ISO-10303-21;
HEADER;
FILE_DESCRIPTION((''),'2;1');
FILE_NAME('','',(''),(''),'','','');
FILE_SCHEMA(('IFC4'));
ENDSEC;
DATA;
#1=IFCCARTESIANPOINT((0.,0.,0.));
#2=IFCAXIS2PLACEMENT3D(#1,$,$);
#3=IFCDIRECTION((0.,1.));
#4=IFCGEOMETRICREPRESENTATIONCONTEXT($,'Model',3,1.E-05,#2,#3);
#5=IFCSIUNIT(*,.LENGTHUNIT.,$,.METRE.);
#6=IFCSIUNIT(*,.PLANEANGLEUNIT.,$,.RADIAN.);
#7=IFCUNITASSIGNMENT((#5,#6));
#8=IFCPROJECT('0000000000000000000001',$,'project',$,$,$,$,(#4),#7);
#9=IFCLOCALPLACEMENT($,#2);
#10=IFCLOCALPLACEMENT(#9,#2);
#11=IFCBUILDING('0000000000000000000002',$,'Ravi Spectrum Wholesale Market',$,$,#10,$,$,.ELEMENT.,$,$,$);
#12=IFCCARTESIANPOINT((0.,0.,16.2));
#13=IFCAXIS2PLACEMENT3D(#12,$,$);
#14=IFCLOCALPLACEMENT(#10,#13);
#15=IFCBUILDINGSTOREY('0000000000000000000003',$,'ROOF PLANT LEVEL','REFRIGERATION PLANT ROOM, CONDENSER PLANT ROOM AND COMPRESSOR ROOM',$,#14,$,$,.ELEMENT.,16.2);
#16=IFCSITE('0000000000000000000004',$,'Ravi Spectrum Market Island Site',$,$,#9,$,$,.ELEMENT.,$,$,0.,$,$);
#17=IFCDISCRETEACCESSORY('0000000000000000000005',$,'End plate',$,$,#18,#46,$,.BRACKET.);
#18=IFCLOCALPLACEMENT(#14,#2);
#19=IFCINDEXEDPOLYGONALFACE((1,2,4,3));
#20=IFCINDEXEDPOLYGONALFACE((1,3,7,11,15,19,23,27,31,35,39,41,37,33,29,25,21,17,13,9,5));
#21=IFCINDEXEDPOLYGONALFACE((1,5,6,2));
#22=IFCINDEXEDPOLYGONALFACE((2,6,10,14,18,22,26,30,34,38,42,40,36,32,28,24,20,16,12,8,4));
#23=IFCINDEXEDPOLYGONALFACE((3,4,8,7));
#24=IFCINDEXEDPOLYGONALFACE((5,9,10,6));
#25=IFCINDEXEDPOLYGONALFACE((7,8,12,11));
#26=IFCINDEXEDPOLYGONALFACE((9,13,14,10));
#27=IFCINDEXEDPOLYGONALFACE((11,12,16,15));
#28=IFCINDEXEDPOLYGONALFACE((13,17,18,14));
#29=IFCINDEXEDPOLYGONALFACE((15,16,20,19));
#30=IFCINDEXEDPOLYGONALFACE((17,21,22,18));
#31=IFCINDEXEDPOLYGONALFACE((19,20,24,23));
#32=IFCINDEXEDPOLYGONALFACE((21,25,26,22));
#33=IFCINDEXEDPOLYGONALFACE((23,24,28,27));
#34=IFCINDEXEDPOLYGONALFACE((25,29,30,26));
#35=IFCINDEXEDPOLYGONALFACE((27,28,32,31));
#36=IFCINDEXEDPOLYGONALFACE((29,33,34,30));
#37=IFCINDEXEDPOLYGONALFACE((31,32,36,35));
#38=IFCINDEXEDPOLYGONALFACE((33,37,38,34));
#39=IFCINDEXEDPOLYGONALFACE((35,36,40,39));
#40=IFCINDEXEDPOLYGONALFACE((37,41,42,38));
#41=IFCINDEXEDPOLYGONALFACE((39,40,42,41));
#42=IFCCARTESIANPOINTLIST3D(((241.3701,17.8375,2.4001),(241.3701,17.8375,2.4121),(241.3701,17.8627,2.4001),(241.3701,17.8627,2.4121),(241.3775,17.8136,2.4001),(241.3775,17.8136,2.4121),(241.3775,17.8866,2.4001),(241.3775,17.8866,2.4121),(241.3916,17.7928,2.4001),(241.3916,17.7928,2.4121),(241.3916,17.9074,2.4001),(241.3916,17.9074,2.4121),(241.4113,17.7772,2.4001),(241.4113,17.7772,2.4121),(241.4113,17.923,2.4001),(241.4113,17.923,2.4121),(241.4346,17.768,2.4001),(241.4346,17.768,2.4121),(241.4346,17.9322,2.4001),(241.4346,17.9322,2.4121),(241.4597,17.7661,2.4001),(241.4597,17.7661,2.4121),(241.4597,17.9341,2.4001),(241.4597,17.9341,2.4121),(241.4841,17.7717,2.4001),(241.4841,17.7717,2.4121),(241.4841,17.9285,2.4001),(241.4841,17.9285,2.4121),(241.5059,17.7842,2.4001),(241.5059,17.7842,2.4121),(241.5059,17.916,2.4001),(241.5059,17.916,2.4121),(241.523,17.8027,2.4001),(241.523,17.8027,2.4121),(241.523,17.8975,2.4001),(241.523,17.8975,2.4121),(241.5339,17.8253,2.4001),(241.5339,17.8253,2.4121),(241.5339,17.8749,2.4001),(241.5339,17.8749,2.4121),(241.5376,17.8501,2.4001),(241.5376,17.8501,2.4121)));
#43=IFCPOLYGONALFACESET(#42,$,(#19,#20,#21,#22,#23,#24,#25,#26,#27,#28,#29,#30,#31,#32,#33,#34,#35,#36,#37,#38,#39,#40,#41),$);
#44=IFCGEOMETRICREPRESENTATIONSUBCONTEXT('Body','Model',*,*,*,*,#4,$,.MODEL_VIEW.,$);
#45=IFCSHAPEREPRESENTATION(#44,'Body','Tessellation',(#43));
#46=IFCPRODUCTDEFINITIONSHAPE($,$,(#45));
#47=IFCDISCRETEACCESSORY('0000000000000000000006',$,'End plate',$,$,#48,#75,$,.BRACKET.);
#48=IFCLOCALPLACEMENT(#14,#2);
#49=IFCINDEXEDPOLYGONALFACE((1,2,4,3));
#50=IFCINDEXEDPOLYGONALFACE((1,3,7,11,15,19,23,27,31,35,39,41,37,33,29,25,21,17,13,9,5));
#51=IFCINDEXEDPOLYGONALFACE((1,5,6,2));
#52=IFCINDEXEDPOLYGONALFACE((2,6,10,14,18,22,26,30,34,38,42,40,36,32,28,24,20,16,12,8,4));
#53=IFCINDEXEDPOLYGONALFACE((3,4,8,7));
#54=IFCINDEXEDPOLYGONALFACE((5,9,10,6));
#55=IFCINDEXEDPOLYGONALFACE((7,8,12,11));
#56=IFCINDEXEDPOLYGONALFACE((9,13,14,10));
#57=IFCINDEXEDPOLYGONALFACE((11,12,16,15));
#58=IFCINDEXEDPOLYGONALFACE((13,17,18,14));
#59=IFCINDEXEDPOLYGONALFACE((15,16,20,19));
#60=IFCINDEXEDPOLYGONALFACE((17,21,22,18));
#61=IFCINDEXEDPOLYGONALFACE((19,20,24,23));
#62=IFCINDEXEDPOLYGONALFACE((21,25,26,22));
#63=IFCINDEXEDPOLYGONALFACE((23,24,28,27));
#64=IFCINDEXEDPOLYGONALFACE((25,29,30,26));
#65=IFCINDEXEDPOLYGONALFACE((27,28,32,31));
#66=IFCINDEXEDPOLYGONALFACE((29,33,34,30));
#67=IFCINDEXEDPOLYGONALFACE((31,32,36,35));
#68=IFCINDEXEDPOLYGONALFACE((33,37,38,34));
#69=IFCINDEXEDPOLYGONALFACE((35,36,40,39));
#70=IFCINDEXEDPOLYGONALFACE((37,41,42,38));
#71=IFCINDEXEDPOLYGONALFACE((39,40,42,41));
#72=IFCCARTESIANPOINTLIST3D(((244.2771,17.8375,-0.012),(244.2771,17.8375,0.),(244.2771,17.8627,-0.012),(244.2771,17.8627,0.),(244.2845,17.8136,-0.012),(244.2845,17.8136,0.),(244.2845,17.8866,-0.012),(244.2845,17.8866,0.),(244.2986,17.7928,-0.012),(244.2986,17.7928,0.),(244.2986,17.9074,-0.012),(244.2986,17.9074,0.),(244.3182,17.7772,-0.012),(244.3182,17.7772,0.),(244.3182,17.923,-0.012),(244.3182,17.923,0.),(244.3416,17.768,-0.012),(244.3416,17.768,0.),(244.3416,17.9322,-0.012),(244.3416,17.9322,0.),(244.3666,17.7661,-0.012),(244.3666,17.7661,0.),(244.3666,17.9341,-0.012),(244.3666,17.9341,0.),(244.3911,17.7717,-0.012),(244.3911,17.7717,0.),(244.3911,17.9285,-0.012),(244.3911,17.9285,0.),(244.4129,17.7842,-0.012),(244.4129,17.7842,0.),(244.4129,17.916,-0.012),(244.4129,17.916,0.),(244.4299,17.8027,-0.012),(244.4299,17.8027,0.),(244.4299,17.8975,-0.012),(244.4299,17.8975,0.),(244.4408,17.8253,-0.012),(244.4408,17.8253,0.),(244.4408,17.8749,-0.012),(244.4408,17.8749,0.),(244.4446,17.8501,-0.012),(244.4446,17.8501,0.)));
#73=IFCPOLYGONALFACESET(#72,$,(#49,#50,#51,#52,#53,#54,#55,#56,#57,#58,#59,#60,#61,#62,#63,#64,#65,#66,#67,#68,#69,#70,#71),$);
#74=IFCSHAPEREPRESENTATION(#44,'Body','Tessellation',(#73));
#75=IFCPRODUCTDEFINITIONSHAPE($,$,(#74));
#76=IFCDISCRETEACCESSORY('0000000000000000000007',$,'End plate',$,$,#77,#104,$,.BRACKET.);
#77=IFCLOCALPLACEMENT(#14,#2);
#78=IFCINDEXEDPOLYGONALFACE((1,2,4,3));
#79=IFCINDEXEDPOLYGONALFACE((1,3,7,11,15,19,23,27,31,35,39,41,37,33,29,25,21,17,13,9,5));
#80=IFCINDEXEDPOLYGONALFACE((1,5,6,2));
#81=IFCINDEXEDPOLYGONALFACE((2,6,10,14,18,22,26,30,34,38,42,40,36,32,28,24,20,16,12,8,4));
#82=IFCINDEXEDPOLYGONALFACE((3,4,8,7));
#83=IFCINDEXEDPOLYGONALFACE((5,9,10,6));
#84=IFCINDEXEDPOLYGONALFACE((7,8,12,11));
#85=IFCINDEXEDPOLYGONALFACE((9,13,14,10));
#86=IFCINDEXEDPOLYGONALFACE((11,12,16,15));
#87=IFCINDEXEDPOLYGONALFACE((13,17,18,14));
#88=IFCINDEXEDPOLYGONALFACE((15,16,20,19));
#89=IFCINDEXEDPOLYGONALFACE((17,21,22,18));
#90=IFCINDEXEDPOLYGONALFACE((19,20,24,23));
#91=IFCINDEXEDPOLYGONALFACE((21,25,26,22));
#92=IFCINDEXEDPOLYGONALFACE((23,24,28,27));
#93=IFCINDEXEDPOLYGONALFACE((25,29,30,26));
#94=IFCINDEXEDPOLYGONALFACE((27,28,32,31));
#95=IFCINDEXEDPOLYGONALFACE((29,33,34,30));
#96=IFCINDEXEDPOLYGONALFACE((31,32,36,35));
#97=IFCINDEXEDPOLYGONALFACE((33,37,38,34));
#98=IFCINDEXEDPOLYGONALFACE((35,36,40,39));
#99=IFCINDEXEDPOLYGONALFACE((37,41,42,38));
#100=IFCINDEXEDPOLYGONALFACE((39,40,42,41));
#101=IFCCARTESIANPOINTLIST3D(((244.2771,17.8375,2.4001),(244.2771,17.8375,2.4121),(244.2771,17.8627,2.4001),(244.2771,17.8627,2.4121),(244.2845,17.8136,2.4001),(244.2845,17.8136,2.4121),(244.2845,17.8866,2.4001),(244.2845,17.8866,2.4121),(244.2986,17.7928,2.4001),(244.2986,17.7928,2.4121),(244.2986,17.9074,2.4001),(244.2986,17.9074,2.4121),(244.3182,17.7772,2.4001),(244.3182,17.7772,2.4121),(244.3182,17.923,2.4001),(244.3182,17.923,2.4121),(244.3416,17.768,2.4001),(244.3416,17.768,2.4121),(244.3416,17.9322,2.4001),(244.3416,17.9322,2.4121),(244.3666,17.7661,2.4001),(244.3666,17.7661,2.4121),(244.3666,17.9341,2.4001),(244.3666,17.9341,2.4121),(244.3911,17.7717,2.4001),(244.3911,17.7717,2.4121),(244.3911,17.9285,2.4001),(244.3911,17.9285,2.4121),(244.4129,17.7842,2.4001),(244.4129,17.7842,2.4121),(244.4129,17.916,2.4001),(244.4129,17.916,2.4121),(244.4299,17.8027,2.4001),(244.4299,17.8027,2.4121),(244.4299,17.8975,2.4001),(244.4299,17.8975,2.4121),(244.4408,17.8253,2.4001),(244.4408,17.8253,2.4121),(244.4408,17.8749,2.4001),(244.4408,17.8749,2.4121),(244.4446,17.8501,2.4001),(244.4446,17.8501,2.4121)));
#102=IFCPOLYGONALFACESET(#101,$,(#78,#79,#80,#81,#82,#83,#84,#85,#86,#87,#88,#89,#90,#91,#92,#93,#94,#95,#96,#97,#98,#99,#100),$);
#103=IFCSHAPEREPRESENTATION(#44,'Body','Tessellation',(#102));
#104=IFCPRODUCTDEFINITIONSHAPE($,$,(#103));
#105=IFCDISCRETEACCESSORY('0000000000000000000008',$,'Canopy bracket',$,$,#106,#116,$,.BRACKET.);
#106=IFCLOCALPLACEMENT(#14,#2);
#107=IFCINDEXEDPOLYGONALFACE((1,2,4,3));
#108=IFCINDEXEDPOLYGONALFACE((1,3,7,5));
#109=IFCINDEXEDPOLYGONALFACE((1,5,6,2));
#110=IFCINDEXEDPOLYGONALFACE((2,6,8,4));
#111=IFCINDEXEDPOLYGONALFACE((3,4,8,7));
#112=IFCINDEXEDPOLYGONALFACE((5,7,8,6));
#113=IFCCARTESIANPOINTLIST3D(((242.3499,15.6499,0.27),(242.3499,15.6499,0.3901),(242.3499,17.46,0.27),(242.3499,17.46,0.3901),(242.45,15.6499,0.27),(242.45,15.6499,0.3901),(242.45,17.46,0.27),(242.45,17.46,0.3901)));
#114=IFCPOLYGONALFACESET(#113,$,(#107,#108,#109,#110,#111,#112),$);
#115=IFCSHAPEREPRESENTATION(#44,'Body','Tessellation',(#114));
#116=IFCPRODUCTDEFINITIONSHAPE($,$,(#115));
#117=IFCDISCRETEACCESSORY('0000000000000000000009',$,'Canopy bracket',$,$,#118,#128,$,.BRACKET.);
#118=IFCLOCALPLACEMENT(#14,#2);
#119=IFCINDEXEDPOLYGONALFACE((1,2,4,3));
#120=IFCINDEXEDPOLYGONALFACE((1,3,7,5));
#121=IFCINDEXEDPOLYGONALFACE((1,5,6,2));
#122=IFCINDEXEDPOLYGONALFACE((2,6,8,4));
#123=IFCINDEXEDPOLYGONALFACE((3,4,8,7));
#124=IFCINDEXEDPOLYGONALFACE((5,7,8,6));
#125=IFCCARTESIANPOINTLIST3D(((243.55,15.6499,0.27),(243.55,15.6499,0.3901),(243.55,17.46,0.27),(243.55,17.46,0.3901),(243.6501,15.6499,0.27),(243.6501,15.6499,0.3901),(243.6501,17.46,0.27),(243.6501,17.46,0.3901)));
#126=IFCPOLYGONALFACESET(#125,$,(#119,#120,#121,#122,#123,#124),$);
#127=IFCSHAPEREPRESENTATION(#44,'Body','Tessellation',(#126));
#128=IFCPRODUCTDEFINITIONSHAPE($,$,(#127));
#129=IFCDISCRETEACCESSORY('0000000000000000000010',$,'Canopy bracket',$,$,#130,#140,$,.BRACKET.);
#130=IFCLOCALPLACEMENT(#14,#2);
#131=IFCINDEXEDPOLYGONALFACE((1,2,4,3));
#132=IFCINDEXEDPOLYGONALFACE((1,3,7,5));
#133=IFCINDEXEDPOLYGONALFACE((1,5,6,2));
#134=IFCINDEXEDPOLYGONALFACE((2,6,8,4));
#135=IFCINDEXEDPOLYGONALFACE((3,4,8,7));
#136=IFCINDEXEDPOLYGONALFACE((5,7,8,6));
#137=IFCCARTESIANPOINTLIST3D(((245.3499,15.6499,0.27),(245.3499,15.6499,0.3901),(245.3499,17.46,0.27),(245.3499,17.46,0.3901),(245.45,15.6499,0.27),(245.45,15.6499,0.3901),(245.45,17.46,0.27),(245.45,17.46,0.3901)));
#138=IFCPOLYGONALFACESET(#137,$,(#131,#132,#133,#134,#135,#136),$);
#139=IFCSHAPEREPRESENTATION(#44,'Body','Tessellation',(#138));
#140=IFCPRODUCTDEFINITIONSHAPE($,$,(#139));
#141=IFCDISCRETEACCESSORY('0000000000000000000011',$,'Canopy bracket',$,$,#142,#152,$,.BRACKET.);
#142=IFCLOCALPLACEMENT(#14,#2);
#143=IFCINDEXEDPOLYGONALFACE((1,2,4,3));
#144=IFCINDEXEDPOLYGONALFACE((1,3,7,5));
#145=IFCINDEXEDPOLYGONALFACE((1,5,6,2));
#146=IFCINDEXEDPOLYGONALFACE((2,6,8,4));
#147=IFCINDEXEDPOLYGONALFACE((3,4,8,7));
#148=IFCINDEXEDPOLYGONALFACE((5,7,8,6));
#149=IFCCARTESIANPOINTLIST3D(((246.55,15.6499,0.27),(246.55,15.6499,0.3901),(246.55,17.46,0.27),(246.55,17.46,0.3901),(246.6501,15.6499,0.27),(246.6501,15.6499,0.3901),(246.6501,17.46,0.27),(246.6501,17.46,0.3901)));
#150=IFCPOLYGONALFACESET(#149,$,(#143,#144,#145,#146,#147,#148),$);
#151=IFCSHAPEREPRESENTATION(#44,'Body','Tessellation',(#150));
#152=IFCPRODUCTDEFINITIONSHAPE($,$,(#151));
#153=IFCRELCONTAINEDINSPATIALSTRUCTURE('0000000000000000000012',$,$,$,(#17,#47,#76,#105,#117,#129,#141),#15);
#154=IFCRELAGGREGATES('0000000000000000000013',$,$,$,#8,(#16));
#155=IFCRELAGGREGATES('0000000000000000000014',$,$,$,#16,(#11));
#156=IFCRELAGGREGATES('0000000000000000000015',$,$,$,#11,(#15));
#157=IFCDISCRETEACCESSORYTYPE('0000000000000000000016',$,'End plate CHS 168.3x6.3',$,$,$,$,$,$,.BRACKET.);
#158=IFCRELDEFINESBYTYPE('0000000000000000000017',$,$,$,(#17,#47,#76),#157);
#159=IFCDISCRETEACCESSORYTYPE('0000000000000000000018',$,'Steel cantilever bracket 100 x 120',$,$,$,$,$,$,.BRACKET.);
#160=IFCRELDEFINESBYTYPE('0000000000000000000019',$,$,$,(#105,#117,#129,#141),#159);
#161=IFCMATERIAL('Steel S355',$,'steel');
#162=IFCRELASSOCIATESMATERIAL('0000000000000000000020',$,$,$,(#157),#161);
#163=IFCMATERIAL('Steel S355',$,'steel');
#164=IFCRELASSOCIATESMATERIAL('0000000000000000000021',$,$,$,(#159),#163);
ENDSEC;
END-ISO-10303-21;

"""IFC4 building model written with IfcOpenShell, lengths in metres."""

from ifc_helpers import new_model, si_unit, direction, frame, origin, origin_2d, place, context, subcontext, project, spatial, rectangle, circle, extrude, material, material_profile, profile_set, type_object, element, save


model = new_model("IFC4")

# Units and contexts
model_context = context("Model", 3, precision=1e-05, world=origin(), true_north=direction((0.0, 1.0)))
body_context = subcontext(model_context, "Body", "Model", "MODEL_VIEW")
ifc_project = project(units=[si_unit("LENGTHUNIT", "METRE"), si_unit("PLANEANGLEUNIT", "RADIAN")], contexts=[model_context])

# Site, building, storey
site_placement = place(None, origin())
site = spatial("IfcSite", under=ifc_project, at=site_placement, Name="Ravi Spectrum Market Island Site", CompositionType="ELEMENT", RefElevation=0.0)
building_placement = place(site_placement, origin())
building = spatial("IfcBuilding", under=site, at=building_placement, Name="Ravi Spectrum Wholesale Market", CompositionType="ELEMENT")
storey_placement = place(building_placement, frame((0.0, 0.0, 16.2)))
storey = spatial("IfcBuildingStorey", under=building, at=storey_placement, Name="ROOF PLANT LEVEL", Description="REFRIGERATION PLANT ROOM, CONDENSER PLANT ROOM AND COMPRESSOR ROOM", CompositionType="ELEMENT", Elevation=16.2)

# Discrete accessories
ifc_material_1 = material(Name="Steel S355", Category="steel")
ifc_material_profile_1 = material_profile(ifc_material_1, circle(Radius=0.0842, at=origin_2d()))
ifc_profile_set_1 = profile_set([ifc_material_profile_1], Name="Steel S355")
discrete_accessory_type_1 = type_object("IfcDiscreteAccessoryType", Name="End plate CHS 168.3x6.3", PredefinedType="BRACKET", material=ifc_profile_set_1)
for number, where, z_axis, x_axis, name in (
    (1, (241.4534, 17.8501, 2.4001), (0.0, 0.0, 1.0), (1.0, 0.0, 0.0), "End plate"),
    (2, (244.3604, 17.8501, 0.0), (0.0, 0.0, -1.0), (1.0, 0.0, 0.0), "End plate"),
    (3, (244.3604, 17.8501, 2.4001), (0.0, 0.0, 1.0), (1.0, 0.0, 0.0), "End plate"),
):
    element("IfcDiscreteAccessory", number, at=place(storey_placement, frame(where, z_axis=z_axis, x_axis=x_axis)), inside=storey, type_object=discrete_accessory_type_1, Name=name, PredefinedType="BRACKET", context=body_context, shape_type="SweptSolid", body=[
        extrude(circle(Radius=0.0842, at=origin_2d()), origin(), (0.0, 0.0, 1.0), 0.012),
    ])
ifc_material_2 = material(Name="Steel S355", Category="steel")
discrete_accessory_type_2 = type_object("IfcDiscreteAccessoryType", Name="Steel cantilever bracket 100 x 120", PredefinedType="BRACKET", material=ifc_material_2)
for number, where, z_axis, x_axis, name in (
    (4, (242.3999, 16.5549, 0.27), (0.0, 0.0, 1.0), (1.0, 0.0, 0.0), "Canopy bracket"),
    (5, (243.6001, 16.5549, 0.27), (0.0, 0.0, 1.0), (1.0, 0.0, 0.0), "Canopy bracket"),
    (6, (245.3999, 16.5549, 0.27), (0.0, 0.0, 1.0), (1.0, 0.0, 0.0), "Canopy bracket"),
    (7, (246.6001, 16.5549, 0.27), (0.0, 0.0, 1.0), (1.0, 0.0, 0.0), "Canopy bracket"),
):
    element("IfcDiscreteAccessory", number, at=place(storey_placement, frame(where, z_axis=z_axis, x_axis=x_axis)), inside=storey, type_object=discrete_accessory_type_2, Name=name, PredefinedType="BRACKET", context=body_context, shape_type="SweptSolid", body=[
        extrude(rectangle(XDim=0.1001, YDim=1.8101, at=origin_2d()), origin(), (0.0, 0.0, 1.0), 0.1201),
    ])

save(model, "model.ifc")
